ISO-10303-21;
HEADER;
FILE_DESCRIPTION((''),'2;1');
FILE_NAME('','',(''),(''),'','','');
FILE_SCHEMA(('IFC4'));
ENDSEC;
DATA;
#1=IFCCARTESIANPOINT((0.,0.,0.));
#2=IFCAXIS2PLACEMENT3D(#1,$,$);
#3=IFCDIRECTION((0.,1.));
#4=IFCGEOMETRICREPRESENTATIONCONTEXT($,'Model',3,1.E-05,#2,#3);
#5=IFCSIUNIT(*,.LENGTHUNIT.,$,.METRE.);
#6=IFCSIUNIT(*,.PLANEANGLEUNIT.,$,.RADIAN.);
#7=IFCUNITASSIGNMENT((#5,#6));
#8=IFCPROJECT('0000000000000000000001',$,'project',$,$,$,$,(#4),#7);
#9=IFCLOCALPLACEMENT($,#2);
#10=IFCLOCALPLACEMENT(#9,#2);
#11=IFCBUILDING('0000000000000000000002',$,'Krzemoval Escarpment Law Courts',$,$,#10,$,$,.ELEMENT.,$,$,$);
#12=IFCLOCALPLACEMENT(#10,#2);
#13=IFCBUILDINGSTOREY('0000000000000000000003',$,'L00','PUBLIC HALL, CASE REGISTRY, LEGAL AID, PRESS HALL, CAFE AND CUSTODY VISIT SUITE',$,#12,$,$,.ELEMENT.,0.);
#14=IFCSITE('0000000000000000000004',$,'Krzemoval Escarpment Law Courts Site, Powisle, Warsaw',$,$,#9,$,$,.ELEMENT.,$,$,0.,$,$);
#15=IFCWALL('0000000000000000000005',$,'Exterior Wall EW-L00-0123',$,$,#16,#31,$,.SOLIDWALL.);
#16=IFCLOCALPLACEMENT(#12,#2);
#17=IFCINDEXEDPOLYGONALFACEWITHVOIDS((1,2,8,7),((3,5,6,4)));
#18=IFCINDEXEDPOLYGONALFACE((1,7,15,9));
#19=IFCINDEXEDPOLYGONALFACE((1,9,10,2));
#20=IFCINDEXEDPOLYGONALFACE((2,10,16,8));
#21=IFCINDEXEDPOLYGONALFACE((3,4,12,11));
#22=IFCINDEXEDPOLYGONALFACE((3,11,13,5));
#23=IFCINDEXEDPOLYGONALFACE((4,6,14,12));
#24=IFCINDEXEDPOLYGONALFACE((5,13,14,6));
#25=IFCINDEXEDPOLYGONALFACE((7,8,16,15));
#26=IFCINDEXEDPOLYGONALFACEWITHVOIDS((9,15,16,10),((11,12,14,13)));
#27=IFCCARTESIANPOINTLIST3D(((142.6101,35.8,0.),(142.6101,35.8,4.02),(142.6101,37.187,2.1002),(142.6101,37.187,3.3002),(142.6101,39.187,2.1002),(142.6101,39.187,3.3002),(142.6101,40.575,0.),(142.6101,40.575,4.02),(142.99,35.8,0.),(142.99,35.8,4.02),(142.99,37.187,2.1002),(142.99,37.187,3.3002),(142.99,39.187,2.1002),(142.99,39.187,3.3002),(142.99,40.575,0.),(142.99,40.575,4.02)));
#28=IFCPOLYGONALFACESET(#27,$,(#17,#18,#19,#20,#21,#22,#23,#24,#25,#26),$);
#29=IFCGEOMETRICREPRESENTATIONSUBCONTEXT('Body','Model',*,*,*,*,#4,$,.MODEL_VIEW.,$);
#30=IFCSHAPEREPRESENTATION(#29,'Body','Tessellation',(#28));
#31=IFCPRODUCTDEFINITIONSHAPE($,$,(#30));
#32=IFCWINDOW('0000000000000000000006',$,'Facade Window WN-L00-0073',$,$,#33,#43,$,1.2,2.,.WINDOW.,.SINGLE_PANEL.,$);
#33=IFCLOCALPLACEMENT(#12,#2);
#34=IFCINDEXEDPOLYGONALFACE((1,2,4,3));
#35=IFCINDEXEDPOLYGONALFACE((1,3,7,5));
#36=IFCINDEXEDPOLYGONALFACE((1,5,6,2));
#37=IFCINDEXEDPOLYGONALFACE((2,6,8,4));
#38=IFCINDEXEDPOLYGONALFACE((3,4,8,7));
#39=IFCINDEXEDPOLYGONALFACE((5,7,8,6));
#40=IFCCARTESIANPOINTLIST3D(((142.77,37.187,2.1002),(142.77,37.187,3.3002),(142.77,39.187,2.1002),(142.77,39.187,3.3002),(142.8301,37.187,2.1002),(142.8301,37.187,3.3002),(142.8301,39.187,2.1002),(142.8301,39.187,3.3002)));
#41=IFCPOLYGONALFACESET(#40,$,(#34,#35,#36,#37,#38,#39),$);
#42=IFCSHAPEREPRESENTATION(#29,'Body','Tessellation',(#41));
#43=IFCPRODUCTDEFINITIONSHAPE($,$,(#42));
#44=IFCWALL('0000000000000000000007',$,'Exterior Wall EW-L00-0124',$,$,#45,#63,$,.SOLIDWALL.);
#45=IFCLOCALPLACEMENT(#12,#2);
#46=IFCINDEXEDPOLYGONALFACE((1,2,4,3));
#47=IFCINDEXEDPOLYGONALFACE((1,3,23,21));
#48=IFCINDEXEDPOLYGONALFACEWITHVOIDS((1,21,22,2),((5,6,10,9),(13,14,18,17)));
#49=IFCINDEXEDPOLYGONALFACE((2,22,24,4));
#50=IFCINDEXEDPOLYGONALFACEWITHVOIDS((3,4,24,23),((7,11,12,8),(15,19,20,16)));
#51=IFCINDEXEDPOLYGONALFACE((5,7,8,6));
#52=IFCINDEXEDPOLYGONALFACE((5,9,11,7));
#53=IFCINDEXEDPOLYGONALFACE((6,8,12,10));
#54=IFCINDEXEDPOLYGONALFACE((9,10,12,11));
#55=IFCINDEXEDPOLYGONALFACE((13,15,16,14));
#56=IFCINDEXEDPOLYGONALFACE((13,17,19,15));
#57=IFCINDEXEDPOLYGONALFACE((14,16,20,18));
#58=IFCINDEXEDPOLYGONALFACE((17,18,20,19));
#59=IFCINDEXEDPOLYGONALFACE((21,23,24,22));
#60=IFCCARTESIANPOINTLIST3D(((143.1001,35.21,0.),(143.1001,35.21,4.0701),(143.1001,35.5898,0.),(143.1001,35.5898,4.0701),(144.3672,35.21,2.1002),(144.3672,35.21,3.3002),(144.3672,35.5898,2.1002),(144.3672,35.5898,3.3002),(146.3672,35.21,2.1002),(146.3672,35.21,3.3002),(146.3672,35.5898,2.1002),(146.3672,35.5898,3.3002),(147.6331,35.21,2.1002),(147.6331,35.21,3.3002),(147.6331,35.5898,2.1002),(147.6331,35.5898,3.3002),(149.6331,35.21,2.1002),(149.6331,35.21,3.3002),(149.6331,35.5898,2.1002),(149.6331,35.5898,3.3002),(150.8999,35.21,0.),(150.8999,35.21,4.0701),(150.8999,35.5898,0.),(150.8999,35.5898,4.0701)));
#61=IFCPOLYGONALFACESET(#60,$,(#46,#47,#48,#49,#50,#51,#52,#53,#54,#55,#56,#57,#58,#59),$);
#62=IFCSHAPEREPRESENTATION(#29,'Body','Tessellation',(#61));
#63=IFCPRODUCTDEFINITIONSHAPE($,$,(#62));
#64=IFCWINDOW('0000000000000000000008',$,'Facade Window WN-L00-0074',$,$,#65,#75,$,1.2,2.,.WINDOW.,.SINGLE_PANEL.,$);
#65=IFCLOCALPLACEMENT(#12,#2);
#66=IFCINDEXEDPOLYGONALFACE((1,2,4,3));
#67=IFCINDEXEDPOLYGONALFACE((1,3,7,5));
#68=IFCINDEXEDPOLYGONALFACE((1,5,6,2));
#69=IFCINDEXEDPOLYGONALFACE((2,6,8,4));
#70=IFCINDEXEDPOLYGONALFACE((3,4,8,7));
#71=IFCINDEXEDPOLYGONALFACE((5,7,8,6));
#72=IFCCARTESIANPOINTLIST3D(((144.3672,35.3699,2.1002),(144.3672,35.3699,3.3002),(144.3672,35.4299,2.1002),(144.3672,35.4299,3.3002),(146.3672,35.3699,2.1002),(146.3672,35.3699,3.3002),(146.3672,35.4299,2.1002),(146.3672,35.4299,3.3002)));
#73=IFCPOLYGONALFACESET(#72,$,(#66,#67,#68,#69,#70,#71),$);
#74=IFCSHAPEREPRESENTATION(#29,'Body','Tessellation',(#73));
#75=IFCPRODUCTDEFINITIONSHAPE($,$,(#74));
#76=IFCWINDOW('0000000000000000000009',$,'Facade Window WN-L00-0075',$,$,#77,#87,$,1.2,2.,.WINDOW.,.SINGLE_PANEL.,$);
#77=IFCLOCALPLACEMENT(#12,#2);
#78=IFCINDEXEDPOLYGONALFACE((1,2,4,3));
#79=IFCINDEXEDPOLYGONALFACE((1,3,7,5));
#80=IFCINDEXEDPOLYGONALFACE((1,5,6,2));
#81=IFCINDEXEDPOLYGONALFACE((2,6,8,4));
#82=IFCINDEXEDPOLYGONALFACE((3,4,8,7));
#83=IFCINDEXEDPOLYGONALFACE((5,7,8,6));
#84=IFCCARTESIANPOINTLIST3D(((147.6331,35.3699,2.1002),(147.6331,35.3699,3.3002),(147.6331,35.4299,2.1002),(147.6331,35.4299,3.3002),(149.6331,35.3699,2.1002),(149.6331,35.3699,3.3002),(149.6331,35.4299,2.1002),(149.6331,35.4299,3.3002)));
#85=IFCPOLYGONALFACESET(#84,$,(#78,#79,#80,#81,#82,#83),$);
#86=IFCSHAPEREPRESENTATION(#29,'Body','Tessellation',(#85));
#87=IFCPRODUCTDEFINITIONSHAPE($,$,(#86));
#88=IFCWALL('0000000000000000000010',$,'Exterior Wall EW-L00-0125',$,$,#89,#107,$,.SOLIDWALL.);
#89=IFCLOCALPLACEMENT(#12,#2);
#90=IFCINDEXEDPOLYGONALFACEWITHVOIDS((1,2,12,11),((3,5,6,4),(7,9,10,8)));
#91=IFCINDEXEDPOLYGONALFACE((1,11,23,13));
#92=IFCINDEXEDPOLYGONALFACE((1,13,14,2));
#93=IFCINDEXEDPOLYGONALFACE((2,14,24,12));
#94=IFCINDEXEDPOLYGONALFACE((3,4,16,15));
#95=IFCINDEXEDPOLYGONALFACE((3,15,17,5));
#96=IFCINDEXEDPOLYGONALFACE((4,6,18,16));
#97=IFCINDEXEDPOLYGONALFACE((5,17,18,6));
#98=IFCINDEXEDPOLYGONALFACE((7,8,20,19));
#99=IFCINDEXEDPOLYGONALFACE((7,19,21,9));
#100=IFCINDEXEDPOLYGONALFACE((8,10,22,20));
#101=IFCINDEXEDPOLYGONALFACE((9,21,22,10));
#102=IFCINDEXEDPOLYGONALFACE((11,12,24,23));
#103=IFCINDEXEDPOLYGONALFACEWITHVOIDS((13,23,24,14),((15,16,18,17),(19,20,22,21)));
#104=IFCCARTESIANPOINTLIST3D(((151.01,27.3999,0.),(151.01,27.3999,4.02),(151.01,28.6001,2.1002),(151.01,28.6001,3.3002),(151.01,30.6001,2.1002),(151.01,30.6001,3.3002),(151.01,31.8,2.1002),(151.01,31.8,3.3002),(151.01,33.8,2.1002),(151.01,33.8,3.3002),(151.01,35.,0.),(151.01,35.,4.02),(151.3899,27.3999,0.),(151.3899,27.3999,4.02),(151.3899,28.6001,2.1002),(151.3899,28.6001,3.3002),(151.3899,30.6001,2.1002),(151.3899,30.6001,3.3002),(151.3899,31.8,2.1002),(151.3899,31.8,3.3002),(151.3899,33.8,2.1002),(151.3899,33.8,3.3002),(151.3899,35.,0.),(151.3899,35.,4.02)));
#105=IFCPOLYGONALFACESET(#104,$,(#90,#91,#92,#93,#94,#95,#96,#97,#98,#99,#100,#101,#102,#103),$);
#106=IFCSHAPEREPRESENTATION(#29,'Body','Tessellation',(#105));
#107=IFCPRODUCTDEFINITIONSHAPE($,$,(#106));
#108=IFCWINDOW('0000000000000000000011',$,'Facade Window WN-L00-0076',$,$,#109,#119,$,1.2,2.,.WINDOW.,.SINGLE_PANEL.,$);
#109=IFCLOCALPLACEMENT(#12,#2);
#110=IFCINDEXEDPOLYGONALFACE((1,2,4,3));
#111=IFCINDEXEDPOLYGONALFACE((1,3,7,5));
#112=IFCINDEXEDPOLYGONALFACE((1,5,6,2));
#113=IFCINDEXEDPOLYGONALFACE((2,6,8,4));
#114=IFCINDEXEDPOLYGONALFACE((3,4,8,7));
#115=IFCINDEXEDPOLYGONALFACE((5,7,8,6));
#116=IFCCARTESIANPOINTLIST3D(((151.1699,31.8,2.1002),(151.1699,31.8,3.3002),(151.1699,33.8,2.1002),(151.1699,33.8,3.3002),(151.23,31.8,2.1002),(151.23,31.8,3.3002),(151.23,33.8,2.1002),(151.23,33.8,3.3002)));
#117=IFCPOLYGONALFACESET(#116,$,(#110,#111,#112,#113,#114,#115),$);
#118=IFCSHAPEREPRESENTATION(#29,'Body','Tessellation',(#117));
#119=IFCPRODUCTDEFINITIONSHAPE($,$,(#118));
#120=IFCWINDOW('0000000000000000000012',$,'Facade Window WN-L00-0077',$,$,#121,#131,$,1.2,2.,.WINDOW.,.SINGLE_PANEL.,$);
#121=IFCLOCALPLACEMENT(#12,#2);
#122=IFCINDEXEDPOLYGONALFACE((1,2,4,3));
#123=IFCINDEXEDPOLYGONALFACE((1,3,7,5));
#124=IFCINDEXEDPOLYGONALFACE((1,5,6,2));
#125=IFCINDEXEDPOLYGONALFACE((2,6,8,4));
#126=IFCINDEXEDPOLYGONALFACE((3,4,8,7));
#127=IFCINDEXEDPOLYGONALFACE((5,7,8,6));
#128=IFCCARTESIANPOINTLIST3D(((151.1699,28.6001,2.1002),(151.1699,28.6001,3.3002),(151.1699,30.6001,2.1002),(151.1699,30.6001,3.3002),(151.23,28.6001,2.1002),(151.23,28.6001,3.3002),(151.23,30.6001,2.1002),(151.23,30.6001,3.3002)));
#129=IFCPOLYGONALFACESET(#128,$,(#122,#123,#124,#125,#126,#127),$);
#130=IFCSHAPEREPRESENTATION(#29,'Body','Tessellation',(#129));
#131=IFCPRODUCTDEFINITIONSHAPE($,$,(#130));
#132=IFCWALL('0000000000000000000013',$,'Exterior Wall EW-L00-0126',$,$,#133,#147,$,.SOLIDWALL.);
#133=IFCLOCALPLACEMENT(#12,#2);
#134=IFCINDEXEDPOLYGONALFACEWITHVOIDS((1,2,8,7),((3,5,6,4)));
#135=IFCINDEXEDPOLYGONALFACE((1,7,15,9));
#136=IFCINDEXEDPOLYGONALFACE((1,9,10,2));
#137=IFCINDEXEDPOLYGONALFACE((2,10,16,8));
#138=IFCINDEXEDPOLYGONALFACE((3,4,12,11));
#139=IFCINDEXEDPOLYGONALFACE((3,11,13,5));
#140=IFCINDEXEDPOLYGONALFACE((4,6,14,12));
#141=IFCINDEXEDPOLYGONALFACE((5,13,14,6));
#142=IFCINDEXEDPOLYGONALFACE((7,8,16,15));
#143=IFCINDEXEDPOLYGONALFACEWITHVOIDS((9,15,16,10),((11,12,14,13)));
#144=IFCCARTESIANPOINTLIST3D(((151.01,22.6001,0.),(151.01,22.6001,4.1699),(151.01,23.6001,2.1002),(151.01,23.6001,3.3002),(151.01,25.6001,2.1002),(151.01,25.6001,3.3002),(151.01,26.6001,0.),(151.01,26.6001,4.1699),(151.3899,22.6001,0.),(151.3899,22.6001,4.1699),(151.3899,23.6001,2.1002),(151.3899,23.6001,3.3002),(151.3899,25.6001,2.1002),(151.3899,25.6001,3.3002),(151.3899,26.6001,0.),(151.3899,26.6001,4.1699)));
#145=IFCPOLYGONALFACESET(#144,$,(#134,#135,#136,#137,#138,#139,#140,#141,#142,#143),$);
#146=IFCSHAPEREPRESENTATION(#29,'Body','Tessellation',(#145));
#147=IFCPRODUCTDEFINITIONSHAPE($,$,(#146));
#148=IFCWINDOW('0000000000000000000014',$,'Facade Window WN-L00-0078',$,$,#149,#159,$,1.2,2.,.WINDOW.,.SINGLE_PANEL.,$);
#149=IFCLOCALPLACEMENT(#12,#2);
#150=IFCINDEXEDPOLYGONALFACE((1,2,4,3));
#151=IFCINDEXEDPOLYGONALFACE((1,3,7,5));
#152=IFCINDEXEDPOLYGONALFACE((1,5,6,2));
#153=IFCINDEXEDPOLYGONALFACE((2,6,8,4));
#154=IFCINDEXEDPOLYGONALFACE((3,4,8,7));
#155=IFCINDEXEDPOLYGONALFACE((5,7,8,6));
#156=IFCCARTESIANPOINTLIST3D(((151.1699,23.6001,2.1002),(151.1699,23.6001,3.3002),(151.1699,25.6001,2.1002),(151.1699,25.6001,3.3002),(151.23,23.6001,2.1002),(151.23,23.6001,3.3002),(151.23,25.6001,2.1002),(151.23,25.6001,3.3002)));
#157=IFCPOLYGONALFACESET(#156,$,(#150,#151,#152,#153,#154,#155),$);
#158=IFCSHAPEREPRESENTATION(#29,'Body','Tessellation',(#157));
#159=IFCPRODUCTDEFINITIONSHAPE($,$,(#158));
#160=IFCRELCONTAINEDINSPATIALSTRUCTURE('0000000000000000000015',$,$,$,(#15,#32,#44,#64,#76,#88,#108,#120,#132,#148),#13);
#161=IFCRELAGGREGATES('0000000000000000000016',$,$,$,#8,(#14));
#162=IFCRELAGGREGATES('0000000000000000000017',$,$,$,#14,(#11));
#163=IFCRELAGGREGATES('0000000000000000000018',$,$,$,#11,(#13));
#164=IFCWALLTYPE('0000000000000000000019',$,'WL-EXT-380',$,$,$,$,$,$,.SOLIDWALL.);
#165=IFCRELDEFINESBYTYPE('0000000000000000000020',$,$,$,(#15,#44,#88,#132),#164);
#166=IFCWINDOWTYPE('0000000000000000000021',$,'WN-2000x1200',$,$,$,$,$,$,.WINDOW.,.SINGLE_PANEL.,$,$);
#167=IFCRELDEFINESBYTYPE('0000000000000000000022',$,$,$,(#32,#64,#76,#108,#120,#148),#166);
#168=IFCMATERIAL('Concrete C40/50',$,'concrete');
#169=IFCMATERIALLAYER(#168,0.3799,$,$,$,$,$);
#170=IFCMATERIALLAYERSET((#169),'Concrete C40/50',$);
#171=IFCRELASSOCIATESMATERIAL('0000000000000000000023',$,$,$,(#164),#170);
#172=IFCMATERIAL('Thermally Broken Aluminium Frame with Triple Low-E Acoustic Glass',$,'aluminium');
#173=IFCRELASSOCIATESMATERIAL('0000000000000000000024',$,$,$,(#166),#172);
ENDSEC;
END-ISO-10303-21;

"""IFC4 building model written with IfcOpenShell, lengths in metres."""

from ifc_helpers import new_model, si_unit, direction, frame, frame_2d, origin, place, context, subcontext, project, spatial, rectangle, extrude, material, layer, layer_set, type_object, element, fill, save


model = new_model("IFC4")

# Units and contexts
model_context = context("Model", 3, precision=1e-05, world=origin(), true_north=direction((0.0, 1.0)))
body_context = subcontext(model_context, "Body", "Model", "MODEL_VIEW")
ifc_project = project(units=[si_unit("LENGTHUNIT", "METRE"), si_unit("PLANEANGLEUNIT", "RADIAN")], contexts=[model_context])

# Site, building, storey
site_placement = place(None, origin())
site = spatial("IfcSite", under=ifc_project, at=site_placement, Name="Krzemoval Escarpment Law Courts Site, Powisle, Warsaw", CompositionType="ELEMENT", RefElevation=0.0)
building_placement = place(site_placement, origin())
building = spatial("IfcBuilding", under=site, at=building_placement, Name="Krzemoval Escarpment Law Courts", CompositionType="ELEMENT")
storey_placement = place(building_placement, origin())
storey = spatial("IfcBuildingStorey", under=building, at=storey_placement, Name="L00", Description="PUBLIC HALL, CASE REGISTRY, LEGAL AID, PRESS HALL, CAFE AND CUSTODY VISIT SUITE", CompositionType="ELEMENT", Elevation=0.0)

# Wall, opening, window
ifc_material_1 = material(Name="Concrete C40/50", Category="concrete")
ifc_layer = layer(ifc_material_1, 0.3799)
ifc_layer_set = layer_set([ifc_layer], Name="Concrete C40/50")
wall_type = type_object("IfcWallType", Name="WL-EXT-380", PredefinedType="SOLIDWALL", material=ifc_layer_set)
wall_1_placement = place(storey_placement, frame((142.8, 40.575, 0.0), z_axis=(0.0, 0.0, 1.0), x_axis=(0.0, -1.0, 0.0)))
wall_1 = element("IfcWall", 1, at=wall_1_placement, inside=storey, type_object=wall_type, Name="Exterior Wall EW-L00-0123", PredefinedType="SOLIDWALL", context=body_context, shape_type="SweptSolid", body=[
    extrude(rectangle(XDim=4.7749, YDim=0.3799, at=frame_2d((2.3875, 0.0))), origin(), (0.0, 0.0, 1.0), 4.02),
])
opening_1_placement = place(wall_1_placement, frame((1.3879, 0.0, 2.1001)))
opening_1 = element("IfcOpeningElement", 2, at=opening_1_placement, cuts=wall_1, PredefinedType="OPENING", context=body_context, shape_type="SweptSolid", body=[
    extrude(rectangle(XDim=2.0, YDim=1.2, at=frame_2d((1.0, 0.6001))), frame((0.0, 0.2049, 0.0), z_axis=(0.0, -1.0, 0.0), x_axis=(1.0, 0.0, 0.0)), (0.0, 0.0, 1.0), 0.4099),
])
ifc_material_2 = material(Name="Thermally Broken Aluminium Frame with Triple Low-E Acoustic Glass", Category="aluminium")
window_type = type_object("IfcWindowType", Name="WN-2000x1200", PartitioningType="SINGLE_PANEL", PredefinedType="WINDOW", material=ifc_material_2)
window_1_placement = place(opening_1_placement, origin())
window_1 = element("IfcWindow", 3, at=window_1_placement, inside=storey, type_object=window_type, Name="Facade Window WN-L00-0073", OverallHeight=1.2, OverallWidth=2.0, PartitioningType="SINGLE_PANEL", PredefinedType="WINDOW", context=body_context, shape_type="SweptSolid", body=[
    extrude(rectangle(XDim=2.0, YDim=1.2, at=frame_2d((1.0, 0.6001))), frame((0.0, 0.03, 0.0), z_axis=(0.0, -1.0, 0.0), x_axis=(1.0, 0.0, 0.0)), (0.0, 0.0, 1.0), 0.0601),
])
fill(opening_1, window_1)

# Walls, openings, windows
wall_2_placement = place(storey_placement, frame((143.1001, 35.3999, 0.0), z_axis=(0.0, 0.0, 1.0), x_axis=(1.0, 0.0, 0.0)))
wall_2 = element("IfcWall", 4, at=wall_2_placement, inside=storey, type_object=wall_type, Name="Exterior Wall EW-L00-0124", PredefinedType="SOLIDWALL", context=body_context, shape_type="SweptSolid", body=[
    extrude(rectangle(XDim=7.7998, YDim=0.3799, at=frame_2d((3.8999, 0.0))), origin(), (0.0, 0.0, 1.0), 4.0701),
])
opening_2_placement = place(wall_2_placement, frame((1.2671, 0.0, 2.1001)))
opening_2 = element("IfcOpeningElement", 5, at=opening_2_placement, cuts=wall_2, PredefinedType="OPENING", context=body_context, shape_type="SweptSolid", body=[
    extrude(rectangle(XDim=2.0, YDim=1.2, at=frame_2d((1.0, 0.6001))), frame((0.0, 0.2049, 0.0), z_axis=(0.0, -1.0, 0.0), x_axis=(1.0, 0.0, 0.0)), (0.0, 0.0, 1.0), 0.4099),
])
opening_3_placement = place(wall_2_placement, frame((4.533, 0.0, 2.1001)))
opening_3 = element("IfcOpeningElement", 6, at=opening_3_placement, cuts=wall_2, PredefinedType="OPENING", context=body_context, shape_type="SweptSolid", body=[
    extrude(rectangle(XDim=2.0, YDim=1.2, at=frame_2d((1.0, 0.6001))), frame((0.0, 0.2049, 0.0), z_axis=(0.0, -1.0, 0.0), x_axis=(1.0, 0.0, 0.0)), (0.0, 0.0, 1.0), 0.4099),
])
window_2_placement = place(opening_2_placement, origin())
window_2 = element("IfcWindow", 7, at=window_2_placement, inside=storey, type_object=window_type, Name="Facade Window WN-L00-0074", OverallHeight=1.2, OverallWidth=2.0, PartitioningType="SINGLE_PANEL", PredefinedType="WINDOW", context=body_context, shape_type="SweptSolid", body=[
    extrude(rectangle(XDim=2.0, YDim=1.2, at=frame_2d((1.0, 0.6001))), frame((0.0, 0.03, 0.0), z_axis=(0.0, -1.0, 0.0), x_axis=(1.0, 0.0, 0.0)), (0.0, 0.0, 1.0), 0.0601),
])
fill(opening_2, window_2)
window_3_placement = place(opening_3_placement, origin())
window_3 = element("IfcWindow", 8, at=window_3_placement, inside=storey, type_object=window_type, Name="Facade Window WN-L00-0075", OverallHeight=1.2, OverallWidth=2.0, PartitioningType="SINGLE_PANEL", PredefinedType="WINDOW", context=body_context, shape_type="SweptSolid", body=[
    extrude(rectangle(XDim=2.0, YDim=1.2, at=frame_2d((1.0, 0.6001))), frame((0.0, 0.03, 0.0), z_axis=(0.0, -1.0, 0.0), x_axis=(1.0, 0.0, 0.0)), (0.0, 0.0, 1.0), 0.0601),
])
fill(opening_3, window_3)
wall_3_placement = place(storey_placement, frame((151.2, 35.0, 0.0), z_axis=(0.0, 0.0, 1.0), x_axis=(0.0, -1.0, 0.0)))
wall_3 = element("IfcWall", 9, at=wall_3_placement, inside=storey, type_object=wall_type, Name="Exterior Wall EW-L00-0125", PredefinedType="SOLIDWALL", context=body_context, shape_type="SweptSolid", body=[
    extrude(rectangle(XDim=7.6001, YDim=0.3799, at=frame_2d((3.8, 0.0))), origin(), (0.0, 0.0, 1.0), 4.02),
])
opening_4_placement = place(wall_3_placement, frame((1.2, 0.0, 2.1001)))
opening_4 = element("IfcOpeningElement", 10, at=opening_4_placement, cuts=wall_3, PredefinedType="OPENING", context=body_context, shape_type="SweptSolid", body=[
    extrude(rectangle(XDim=2.0, YDim=1.2, at=frame_2d((1.0, 0.6001))), frame((0.0, 0.2049, 0.0), z_axis=(0.0, -1.0, 0.0), x_axis=(1.0, 0.0, 0.0)), (0.0, 0.0, 1.0), 0.4099),
])
opening_5_placement = place(wall_3_placement, frame((4.3999, 0.0, 2.1001)))
opening_5 = element("IfcOpeningElement", 11, at=opening_5_placement, cuts=wall_3, PredefinedType="OPENING", context=body_context, shape_type="SweptSolid", body=[
    extrude(rectangle(XDim=2.0, YDim=1.2, at=frame_2d((1.0, 0.6001))), frame((0.0, 0.2049, 0.0), z_axis=(0.0, -1.0, 0.0), x_axis=(1.0, 0.0, 0.0)), (0.0, 0.0, 1.0), 0.4099),
])
window_4_placement = place(opening_4_placement, origin())
window_4 = element("IfcWindow", 12, at=window_4_placement, inside=storey, type_object=window_type, Name="Facade Window WN-L00-0076", OverallHeight=1.2, OverallWidth=2.0, PartitioningType="SINGLE_PANEL", PredefinedType="WINDOW", context=body_context, shape_type="SweptSolid", body=[
    extrude(rectangle(XDim=2.0, YDim=1.2, at=frame_2d((1.0, 0.6001))), frame((0.0, 0.03, 0.0), z_axis=(0.0, -1.0, 0.0), x_axis=(1.0, 0.0, 0.0)), (0.0, 0.0, 1.0), 0.0601),
])
fill(opening_4, window_4)
window_5_placement = place(opening_5_placement, origin())
window_5 = element("IfcWindow", 13, at=window_5_placement, inside=storey, type_object=window_type, Name="Facade Window WN-L00-0077", OverallHeight=1.2, OverallWidth=2.0, PartitioningType="SINGLE_PANEL", PredefinedType="WINDOW", context=body_context, shape_type="SweptSolid", body=[
    extrude(rectangle(XDim=2.0, YDim=1.2, at=frame_2d((1.0, 0.6001))), frame((0.0, 0.03, 0.0), z_axis=(0.0, -1.0, 0.0), x_axis=(1.0, 0.0, 0.0)), (0.0, 0.0, 1.0), 0.0601),
])
fill(opening_5, window_5)

# Wall, opening, window
wall_4_placement = place(storey_placement, frame((151.2, 26.6001, 0.0), z_axis=(0.0, 0.0, 1.0), x_axis=(0.0, -1.0, 0.0)))
wall_4 = element("IfcWall", 14, at=wall_4_placement, inside=storey, type_object=wall_type, Name="Exterior Wall EW-L00-0126", PredefinedType="SOLIDWALL", context=body_context, shape_type="SweptSolid", body=[
    extrude(rectangle(XDim=4.0, YDim=0.3799, at=frame_2d((2.0, 0.0))), origin(), (0.0, 0.0, 1.0), 4.1699),
])
opening_6_placement = place(wall_4_placement, frame((1.0, 0.0, 2.1001)))
opening_6 = element("IfcOpeningElement", 15, at=opening_6_placement, cuts=wall_4, PredefinedType="OPENING", context=body_context, shape_type="SweptSolid", body=[
    extrude(rectangle(XDim=2.0, YDim=1.2, at=frame_2d((1.0, 0.6001))), frame((0.0, 0.2049, 0.0), z_axis=(0.0, -1.0, 0.0), x_axis=(1.0, 0.0, 0.0)), (0.0, 0.0, 1.0), 0.4099),
])
window_6_placement = place(opening_6_placement, origin())
window_6 = element("IfcWindow", 16, at=window_6_placement, inside=storey, type_object=window_type, Name="Facade Window WN-L00-0078", OverallHeight=1.2, OverallWidth=2.0, PartitioningType="SINGLE_PANEL", PredefinedType="WINDOW", context=body_context, shape_type="SweptSolid", body=[
    extrude(rectangle(XDim=2.0, YDim=1.2, at=frame_2d((1.0, 0.6001))), frame((0.0, 0.03, 0.0), z_axis=(0.0, -1.0, 0.0), x_axis=(1.0, 0.0, 0.0)), (0.0, 0.0, 1.0), 0.0601),
])
fill(opening_6, window_6)

save(model, "model.ifc")
